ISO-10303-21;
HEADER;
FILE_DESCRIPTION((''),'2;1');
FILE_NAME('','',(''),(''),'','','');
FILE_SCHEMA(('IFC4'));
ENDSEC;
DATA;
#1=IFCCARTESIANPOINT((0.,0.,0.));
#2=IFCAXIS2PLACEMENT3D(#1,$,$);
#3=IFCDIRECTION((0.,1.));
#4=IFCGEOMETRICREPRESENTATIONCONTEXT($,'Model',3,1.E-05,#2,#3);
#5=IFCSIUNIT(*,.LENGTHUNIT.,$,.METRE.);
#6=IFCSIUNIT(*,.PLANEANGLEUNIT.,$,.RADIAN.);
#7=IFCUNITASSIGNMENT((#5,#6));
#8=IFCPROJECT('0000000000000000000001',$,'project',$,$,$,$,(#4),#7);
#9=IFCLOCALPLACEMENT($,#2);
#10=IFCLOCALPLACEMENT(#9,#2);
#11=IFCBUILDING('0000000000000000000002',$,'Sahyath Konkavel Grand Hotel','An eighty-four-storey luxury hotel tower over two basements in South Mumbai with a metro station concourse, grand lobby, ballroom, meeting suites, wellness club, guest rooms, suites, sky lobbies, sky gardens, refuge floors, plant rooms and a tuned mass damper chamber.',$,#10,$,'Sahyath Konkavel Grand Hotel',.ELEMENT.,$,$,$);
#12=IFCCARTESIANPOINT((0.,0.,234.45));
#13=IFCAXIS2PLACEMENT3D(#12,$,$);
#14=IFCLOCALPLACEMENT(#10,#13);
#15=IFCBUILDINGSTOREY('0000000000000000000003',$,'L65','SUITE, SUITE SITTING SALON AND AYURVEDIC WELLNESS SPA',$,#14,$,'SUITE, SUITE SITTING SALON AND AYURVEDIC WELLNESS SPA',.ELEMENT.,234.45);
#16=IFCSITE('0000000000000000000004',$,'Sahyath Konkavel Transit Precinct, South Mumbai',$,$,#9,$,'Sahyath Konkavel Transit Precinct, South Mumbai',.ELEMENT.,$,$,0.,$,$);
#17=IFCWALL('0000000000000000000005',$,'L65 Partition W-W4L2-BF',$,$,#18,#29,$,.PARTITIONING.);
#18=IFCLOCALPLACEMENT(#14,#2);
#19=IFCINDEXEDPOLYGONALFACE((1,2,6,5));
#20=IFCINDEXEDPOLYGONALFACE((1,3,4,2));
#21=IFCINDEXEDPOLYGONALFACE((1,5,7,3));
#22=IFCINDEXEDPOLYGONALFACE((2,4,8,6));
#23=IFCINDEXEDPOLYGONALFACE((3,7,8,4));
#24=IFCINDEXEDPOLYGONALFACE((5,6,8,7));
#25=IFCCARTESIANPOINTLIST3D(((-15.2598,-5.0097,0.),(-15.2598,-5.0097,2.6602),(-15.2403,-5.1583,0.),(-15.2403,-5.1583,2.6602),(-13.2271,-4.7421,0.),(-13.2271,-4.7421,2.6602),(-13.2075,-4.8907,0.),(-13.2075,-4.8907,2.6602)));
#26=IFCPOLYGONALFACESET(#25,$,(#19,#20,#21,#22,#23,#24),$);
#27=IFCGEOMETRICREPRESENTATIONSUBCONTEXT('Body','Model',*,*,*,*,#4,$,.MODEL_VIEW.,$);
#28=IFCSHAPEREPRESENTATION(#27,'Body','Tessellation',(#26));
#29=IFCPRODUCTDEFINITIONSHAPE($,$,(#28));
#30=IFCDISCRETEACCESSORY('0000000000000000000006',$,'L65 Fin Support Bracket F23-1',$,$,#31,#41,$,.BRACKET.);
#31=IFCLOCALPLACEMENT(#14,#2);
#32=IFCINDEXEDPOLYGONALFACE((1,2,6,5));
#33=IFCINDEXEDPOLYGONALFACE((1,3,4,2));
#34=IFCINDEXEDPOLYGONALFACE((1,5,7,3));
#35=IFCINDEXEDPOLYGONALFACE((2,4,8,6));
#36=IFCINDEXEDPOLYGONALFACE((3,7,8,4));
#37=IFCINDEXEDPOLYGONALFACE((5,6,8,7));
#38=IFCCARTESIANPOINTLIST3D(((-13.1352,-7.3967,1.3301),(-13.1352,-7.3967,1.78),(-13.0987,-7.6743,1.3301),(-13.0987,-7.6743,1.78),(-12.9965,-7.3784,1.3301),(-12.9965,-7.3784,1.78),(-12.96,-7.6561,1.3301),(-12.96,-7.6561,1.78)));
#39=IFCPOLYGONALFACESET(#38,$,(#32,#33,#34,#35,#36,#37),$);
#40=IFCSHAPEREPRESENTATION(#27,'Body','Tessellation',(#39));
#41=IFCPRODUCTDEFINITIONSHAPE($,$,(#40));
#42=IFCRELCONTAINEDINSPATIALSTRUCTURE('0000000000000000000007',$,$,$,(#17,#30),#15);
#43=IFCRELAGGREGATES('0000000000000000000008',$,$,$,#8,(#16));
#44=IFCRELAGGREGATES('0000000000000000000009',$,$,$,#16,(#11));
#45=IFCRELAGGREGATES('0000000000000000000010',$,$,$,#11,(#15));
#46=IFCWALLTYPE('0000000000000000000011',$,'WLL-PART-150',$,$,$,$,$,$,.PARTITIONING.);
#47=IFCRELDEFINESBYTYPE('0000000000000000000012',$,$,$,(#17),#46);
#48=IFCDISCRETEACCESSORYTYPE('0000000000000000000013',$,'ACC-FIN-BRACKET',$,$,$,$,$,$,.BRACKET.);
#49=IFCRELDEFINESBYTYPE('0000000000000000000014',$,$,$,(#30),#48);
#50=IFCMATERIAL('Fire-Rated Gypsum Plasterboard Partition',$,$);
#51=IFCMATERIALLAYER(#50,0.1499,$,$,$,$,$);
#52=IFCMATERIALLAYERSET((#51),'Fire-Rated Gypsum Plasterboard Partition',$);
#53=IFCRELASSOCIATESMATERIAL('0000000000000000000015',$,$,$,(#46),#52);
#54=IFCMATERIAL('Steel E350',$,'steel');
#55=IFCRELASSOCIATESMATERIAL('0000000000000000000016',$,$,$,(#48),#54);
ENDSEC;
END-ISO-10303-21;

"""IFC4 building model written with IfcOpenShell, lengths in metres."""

from ifc_helpers import new_model, si_unit, direction, frame, frame_2d, origin, origin_2d, place, context, subcontext, project, spatial, rectangle, extrude, source, transform, mapped, material, layer, layer_set, type_object, element, save


model = new_model("IFC4")

# Units and contexts
model_context = context("Model", 3, precision=1e-05, world=origin(), true_north=direction((0.0, 1.0)))
body_context = subcontext(model_context, "Body", "Model", "MODEL_VIEW")
ifc_project = project(units=[si_unit("LENGTHUNIT", "METRE"), si_unit("PLANEANGLEUNIT", "RADIAN")], contexts=[model_context])

# Site, building, storey
site_placement = place(None, origin())
site = spatial("IfcSite", under=ifc_project, at=site_placement, Name="Sahyath Konkavel Transit Precinct, South Mumbai", LongName="Sahyath Konkavel Transit Precinct, South Mumbai", CompositionType="ELEMENT", RefElevation=0.0)
building_placement = place(site_placement, origin())
building = spatial("IfcBuilding", under=site, at=building_placement, Name="Sahyath Konkavel Grand Hotel", Description="An eighty-four-storey luxury hotel tower over two basements in South Mumbai with a metro station concourse, grand lobby, ballroom, meeting suites, wellness club, guest rooms, suites, sky lobbies, sky gardens, refuge floors, plant rooms and a tuned mass damper chamber.", LongName="Sahyath Konkavel Grand Hotel", CompositionType="ELEMENT")
storey_placement = place(building_placement, frame((0.0, 0.0, 234.45)))
storey = spatial("IfcBuildingStorey", under=building, at=storey_placement, Name="L65", Description="SUITE, SUITE SITTING SALON AND AYURVEDIC WELLNESS SPA", LongName="SUITE, SUITE SITTING SALON AND AYURVEDIC WELLNESS SPA", CompositionType="ELEMENT", Elevation=234.45)

# Shared definitions
ifc_material_1 = material(Name="Steel E350", Category="steel")

# Shared definitions
ifc_material_2 = material(Name="Fire-Rated Gypsum Plasterboard Partition")
ifc_layer_1 = layer(ifc_material_2, 0.1499)
ifc_layer_set_1 = layer_set([ifc_layer_1], Name="Fire-Rated Gypsum Plasterboard Partition")
wall_type_1 = type_object("IfcWallType", Name="WLL-PART-150", PredefinedType="PARTITIONING", material=ifc_layer_set_1)

# Wall
wall_1_placement = place(storey_placement, frame((-13.2173, -4.8164, 0.0), z_axis=(0.0, 0.0, 1.0), x_axis=(-0.991447, -0.13051, 0.0)))
element("IfcWall", 1, at=wall_1_placement, inside=storey, type_object=wall_type_1, Name="L65 Partition W-W4L2-BF", PredefinedType="PARTITIONING", context=body_context, shape_type="SweptSolid", body=[
    extrude(rectangle(XDim=2.0503, YDim=0.1499, at=frame_2d((1.0251, 0.0))), origin(), (0.0, 0.0, 1.0), 2.6602),
])

# Discrete accessory
discrete_accessory_type = type_object("IfcDiscreteAccessoryType", Name="ACC-FIN-BRACKET", PredefinedType="BRACKET", material=ifc_material_1)
shared_shape_1 = source(origin(), body_context, "Body", "SweptSolid", [
    extrude(rectangle(XDim=0.28, YDim=0.1399, at=origin_2d()), origin(), (0.0, 0.0, 1.0), 0.45),
])
discrete_accessory_placement = place(storey_placement, frame((-13.0476, -7.5264, 1.3301), z_axis=(0.0, 0.0, 1.0), x_axis=(0.130526, -0.991445, 0.0)))
element("IfcDiscreteAccessory", 2, at=discrete_accessory_placement, inside=storey, type_object=discrete_accessory_type, Name="L65 Fin Support Bracket F23-1", PredefinedType="BRACKET", context=body_context, shape_type="MappedRepresentation", body=[
    mapped(shared_shape_1, transform((0.0, 0.0, 0.0), scale=1.0)),
])

save(model, "model.ifc")
